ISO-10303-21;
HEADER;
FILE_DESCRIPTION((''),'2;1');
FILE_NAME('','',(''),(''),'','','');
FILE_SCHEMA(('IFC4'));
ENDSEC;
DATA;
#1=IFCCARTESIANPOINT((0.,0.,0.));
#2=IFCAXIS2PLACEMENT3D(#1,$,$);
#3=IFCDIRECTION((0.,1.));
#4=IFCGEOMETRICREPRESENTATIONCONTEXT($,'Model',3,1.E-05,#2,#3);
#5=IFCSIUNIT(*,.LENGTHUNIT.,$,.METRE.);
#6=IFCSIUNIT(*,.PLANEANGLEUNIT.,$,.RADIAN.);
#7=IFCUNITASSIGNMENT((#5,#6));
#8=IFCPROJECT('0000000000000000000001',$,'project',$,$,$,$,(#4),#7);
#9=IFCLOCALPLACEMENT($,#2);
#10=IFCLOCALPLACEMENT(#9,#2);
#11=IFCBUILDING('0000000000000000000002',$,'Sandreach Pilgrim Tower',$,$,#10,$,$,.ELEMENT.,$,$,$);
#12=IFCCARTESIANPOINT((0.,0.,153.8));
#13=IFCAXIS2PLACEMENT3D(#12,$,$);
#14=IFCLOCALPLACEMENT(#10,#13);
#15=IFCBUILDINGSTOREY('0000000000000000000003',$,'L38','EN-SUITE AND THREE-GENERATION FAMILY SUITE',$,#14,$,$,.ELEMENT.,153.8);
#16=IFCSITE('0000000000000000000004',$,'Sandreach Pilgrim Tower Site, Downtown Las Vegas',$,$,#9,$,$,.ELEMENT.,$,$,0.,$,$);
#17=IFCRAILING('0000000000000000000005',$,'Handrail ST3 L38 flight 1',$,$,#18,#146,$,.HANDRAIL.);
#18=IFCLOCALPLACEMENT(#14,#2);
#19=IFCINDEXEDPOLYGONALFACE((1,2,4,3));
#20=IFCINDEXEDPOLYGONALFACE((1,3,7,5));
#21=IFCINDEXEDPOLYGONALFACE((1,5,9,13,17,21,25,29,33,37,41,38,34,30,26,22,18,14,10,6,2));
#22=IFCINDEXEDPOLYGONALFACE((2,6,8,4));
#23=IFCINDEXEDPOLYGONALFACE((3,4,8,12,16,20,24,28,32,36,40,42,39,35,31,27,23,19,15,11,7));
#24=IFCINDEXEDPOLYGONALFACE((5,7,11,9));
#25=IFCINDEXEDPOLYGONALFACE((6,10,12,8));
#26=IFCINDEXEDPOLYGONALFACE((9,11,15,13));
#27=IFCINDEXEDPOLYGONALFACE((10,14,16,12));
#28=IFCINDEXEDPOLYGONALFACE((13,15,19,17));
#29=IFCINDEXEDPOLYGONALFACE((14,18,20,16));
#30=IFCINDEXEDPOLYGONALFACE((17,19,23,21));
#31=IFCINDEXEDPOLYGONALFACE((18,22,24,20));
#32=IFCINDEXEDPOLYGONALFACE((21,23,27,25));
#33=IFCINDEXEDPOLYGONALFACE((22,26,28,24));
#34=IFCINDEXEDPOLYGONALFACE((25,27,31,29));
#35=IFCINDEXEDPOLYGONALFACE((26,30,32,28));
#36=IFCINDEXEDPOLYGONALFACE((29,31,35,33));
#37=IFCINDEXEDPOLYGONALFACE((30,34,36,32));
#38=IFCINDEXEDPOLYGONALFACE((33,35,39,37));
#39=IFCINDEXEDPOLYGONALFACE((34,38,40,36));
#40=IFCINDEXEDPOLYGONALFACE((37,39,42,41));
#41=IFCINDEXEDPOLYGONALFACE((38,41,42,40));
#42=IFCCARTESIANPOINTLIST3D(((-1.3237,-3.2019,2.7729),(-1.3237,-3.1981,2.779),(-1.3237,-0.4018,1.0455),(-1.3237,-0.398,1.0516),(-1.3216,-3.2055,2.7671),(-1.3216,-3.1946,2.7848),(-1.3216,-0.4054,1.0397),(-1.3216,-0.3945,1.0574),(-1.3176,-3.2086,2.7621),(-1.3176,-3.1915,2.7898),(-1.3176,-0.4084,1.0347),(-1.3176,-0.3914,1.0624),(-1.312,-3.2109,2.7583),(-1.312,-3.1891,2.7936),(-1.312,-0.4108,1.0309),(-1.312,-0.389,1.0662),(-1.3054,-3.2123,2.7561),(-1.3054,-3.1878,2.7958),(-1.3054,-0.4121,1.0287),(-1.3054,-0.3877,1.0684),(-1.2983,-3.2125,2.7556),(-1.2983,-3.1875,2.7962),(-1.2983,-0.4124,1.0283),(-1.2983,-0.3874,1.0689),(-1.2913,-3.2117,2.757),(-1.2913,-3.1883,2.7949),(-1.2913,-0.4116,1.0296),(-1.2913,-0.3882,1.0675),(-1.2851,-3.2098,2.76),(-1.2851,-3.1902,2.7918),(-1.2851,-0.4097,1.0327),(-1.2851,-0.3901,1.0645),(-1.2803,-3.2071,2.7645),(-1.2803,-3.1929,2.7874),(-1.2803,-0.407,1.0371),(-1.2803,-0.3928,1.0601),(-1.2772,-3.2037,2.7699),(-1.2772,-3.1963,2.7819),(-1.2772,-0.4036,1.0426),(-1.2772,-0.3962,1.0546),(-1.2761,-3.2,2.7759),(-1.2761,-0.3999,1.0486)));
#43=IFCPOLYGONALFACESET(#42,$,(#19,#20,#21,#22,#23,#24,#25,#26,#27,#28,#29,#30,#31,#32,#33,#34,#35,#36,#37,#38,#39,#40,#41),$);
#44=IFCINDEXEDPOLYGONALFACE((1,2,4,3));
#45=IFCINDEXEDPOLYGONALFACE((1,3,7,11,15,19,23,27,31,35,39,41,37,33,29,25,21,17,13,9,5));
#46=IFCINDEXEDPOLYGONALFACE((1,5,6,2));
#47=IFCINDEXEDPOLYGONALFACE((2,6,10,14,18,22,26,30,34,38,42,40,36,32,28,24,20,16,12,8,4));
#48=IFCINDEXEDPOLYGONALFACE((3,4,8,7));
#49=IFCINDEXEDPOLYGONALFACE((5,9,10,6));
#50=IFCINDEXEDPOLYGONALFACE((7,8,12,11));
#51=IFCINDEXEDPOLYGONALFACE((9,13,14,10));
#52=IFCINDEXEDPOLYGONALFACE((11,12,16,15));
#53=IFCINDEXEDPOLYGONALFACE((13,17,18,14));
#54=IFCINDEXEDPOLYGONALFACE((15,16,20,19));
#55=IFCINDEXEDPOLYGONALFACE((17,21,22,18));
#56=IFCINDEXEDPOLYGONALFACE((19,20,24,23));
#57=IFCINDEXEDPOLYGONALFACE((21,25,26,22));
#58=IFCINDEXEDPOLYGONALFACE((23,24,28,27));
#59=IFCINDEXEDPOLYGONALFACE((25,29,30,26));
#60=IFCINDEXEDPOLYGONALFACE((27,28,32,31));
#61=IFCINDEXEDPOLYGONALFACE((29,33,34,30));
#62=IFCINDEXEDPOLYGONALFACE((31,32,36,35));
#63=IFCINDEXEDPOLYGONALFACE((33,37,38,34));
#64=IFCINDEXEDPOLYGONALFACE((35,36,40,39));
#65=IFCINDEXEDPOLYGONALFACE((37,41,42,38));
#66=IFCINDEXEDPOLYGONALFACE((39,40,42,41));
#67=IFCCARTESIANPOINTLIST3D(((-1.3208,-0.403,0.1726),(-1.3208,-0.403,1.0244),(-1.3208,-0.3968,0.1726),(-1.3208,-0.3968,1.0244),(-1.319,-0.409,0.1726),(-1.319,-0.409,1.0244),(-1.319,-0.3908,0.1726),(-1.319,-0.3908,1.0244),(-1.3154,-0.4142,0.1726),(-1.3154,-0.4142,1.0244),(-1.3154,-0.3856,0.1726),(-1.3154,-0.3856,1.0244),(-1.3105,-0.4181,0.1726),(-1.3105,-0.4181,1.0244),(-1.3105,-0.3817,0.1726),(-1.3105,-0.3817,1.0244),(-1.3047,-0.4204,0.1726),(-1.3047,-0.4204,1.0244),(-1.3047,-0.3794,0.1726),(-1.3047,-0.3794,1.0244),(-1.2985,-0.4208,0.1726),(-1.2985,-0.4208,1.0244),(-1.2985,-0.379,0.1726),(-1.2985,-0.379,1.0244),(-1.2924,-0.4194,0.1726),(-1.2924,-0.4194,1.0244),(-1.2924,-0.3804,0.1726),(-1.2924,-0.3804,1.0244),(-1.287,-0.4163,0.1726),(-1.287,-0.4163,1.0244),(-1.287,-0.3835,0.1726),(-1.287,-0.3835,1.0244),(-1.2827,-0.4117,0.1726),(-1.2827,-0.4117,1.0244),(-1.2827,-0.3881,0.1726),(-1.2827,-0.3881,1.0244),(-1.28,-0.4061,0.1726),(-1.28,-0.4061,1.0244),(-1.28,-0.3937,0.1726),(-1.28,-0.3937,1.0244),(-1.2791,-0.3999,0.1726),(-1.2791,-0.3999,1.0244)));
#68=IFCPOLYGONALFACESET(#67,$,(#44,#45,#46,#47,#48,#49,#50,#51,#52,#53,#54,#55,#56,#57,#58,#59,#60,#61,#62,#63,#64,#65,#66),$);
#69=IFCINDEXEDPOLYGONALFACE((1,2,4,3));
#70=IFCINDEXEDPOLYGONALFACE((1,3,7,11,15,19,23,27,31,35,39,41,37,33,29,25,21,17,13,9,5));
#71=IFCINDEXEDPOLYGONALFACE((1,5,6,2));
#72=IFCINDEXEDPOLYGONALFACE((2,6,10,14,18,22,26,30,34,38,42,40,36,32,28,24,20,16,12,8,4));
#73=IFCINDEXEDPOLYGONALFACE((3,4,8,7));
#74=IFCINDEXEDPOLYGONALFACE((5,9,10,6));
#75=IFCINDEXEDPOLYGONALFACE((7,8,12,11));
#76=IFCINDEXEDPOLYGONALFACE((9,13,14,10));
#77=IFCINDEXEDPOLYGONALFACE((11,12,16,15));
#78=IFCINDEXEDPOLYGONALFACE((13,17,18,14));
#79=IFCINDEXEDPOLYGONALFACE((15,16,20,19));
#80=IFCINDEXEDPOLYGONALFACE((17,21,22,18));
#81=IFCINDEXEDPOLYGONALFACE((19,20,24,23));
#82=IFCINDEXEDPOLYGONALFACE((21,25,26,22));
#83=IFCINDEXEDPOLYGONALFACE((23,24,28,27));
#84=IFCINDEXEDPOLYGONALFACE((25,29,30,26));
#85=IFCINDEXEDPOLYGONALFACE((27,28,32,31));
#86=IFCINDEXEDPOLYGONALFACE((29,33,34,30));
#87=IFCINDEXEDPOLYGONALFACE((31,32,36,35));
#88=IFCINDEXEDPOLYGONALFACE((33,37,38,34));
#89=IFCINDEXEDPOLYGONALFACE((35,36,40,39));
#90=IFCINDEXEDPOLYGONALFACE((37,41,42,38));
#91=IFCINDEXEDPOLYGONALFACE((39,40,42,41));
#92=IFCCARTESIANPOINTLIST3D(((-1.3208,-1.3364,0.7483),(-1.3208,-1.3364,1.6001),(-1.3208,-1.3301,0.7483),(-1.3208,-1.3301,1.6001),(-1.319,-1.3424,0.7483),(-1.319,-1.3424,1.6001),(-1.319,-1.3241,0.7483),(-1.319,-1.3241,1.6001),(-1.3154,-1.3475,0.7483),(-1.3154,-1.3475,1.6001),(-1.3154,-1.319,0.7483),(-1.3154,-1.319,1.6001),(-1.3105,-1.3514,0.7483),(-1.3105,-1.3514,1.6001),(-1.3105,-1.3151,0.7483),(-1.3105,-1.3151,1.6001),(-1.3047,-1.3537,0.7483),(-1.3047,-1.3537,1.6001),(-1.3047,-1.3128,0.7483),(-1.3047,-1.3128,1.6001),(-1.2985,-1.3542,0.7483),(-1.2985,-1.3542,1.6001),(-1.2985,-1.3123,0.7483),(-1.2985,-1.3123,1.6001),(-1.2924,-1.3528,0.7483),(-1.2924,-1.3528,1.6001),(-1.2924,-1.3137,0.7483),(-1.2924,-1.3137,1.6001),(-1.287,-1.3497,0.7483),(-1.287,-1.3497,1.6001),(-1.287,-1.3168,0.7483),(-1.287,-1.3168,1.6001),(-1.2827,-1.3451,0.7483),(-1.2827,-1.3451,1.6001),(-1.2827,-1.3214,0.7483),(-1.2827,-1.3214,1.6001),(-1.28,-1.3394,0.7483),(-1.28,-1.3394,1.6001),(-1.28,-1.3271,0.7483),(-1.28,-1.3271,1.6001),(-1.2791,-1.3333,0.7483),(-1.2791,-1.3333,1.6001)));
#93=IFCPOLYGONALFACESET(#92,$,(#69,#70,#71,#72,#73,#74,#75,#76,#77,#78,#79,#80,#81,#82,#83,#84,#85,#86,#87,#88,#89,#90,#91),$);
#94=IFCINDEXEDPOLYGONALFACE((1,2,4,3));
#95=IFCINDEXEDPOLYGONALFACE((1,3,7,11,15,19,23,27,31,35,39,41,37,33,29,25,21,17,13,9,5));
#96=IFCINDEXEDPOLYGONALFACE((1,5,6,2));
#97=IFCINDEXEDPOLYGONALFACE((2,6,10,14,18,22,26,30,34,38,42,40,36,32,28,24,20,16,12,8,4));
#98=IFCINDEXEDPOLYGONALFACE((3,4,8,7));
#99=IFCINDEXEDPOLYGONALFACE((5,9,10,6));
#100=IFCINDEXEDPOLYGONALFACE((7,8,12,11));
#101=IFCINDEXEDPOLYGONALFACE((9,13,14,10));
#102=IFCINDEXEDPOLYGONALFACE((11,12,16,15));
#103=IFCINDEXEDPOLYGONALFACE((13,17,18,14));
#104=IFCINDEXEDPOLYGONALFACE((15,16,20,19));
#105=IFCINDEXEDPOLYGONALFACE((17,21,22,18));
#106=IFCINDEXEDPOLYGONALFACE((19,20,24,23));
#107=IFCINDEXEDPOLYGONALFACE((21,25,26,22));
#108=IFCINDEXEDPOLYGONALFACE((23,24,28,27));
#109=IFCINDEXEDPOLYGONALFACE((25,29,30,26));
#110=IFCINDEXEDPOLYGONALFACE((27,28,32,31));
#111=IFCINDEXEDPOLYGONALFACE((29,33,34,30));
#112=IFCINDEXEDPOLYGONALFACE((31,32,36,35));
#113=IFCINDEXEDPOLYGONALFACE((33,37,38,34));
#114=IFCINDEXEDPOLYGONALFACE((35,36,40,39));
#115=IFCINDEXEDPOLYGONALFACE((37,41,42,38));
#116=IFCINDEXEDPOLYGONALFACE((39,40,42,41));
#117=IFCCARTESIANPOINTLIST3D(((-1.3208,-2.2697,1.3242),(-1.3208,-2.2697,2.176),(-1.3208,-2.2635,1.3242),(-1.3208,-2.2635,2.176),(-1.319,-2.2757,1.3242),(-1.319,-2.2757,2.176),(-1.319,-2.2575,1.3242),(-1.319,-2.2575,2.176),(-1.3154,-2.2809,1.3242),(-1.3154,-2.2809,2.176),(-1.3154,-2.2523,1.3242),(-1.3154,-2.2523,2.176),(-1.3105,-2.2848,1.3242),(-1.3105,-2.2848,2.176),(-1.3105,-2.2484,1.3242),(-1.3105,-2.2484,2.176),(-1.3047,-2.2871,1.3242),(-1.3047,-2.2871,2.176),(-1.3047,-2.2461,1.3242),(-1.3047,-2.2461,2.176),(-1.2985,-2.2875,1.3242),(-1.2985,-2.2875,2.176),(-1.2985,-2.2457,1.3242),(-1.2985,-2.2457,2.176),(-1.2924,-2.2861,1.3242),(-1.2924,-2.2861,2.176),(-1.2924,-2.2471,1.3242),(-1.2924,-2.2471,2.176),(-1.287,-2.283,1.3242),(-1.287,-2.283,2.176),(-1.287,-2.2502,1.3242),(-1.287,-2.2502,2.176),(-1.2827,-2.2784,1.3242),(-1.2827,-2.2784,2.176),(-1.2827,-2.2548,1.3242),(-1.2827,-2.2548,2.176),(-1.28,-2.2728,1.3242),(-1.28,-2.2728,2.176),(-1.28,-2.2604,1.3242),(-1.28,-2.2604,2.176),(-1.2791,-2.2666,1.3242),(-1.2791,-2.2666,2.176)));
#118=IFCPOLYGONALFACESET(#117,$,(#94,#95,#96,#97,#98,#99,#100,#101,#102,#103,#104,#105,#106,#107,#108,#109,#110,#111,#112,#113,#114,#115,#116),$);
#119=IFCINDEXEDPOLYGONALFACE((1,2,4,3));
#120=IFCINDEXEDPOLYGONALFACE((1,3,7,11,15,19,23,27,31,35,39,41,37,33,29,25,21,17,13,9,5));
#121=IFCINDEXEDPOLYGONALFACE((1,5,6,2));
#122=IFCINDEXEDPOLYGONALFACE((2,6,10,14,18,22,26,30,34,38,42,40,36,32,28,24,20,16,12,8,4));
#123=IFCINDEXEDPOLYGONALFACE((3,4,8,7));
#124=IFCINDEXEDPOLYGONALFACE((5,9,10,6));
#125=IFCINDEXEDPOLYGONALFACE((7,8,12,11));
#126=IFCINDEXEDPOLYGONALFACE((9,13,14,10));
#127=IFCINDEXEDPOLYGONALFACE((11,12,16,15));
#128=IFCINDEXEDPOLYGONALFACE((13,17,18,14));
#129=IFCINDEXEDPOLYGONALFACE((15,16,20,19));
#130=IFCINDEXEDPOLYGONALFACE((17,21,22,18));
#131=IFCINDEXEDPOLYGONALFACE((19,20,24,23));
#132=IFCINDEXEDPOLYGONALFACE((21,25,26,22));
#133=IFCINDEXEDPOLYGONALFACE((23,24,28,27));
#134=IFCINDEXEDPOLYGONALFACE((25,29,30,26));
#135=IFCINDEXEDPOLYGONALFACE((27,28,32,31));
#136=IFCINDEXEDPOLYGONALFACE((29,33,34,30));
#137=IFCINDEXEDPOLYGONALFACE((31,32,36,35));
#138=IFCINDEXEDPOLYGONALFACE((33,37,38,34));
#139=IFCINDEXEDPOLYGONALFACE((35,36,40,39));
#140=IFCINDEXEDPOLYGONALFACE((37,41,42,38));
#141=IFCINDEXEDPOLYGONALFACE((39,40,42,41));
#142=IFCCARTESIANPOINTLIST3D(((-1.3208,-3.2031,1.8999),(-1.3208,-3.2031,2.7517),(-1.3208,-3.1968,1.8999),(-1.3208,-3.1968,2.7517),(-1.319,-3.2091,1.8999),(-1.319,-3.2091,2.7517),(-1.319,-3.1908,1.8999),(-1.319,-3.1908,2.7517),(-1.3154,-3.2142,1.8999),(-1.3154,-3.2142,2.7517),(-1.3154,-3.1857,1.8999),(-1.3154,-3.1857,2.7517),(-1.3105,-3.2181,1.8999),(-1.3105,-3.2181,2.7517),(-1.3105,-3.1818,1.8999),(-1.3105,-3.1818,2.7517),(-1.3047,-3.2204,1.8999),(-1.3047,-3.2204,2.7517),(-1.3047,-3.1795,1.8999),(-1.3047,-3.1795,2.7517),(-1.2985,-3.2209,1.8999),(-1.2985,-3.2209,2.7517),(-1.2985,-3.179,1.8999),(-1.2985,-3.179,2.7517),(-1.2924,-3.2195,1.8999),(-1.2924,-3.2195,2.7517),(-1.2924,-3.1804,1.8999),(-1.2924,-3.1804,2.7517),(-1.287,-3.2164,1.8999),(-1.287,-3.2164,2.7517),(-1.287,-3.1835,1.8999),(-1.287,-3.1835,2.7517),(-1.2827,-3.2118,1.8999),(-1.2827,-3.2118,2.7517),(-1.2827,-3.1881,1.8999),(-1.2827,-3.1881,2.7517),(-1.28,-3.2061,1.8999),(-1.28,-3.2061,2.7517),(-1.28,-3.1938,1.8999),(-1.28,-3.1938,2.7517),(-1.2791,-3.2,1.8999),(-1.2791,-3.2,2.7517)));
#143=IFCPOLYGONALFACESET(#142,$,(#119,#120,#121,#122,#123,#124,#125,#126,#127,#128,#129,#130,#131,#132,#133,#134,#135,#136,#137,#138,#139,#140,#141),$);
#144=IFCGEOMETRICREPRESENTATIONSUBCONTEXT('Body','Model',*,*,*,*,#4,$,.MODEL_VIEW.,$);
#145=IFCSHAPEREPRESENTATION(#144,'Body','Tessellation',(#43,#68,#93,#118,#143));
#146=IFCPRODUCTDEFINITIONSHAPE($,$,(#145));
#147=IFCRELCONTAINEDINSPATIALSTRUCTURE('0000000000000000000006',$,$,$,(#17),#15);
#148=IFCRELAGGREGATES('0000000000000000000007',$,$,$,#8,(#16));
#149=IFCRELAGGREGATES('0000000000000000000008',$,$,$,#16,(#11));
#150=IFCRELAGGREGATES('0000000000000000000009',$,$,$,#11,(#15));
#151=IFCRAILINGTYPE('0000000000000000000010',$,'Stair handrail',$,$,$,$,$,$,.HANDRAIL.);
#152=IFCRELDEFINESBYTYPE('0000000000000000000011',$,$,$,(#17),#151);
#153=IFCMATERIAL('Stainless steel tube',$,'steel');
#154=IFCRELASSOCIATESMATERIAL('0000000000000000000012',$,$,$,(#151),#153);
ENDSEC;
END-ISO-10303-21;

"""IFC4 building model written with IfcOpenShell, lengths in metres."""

from ifc_helpers import new_model, si_unit, direction, frame, origin, origin_2d, place, context, subcontext, project, spatial, circle, extrude, material, type_object, element, save


model = new_model("IFC4")

# Units and contexts
model_context = context("Model", 3, precision=1e-05, world=origin(), true_north=direction((0.0, 1.0)))
body_context = subcontext(model_context, "Body", "Model", "MODEL_VIEW")
ifc_project = project(units=[si_unit("LENGTHUNIT", "METRE"), si_unit("PLANEANGLEUNIT", "RADIAN")], contexts=[model_context])

# Site, building, storey
site_placement = place(None, origin())
site = spatial("IfcSite", under=ifc_project, at=site_placement, Name="Sandreach Pilgrim Tower Site, Downtown Las Vegas", CompositionType="ELEMENT", RefElevation=0.0)
building_placement = place(site_placement, origin())
building = spatial("IfcBuilding", under=site, at=building_placement, Name="Sandreach Pilgrim Tower", CompositionType="ELEMENT")
storey_placement = place(building_placement, frame((0.0, 0.0, 153.8)))
storey = spatial("IfcBuildingStorey", under=building, at=storey_placement, Name="L38", Description="EN-SUITE AND THREE-GENERATION FAMILY SUITE", CompositionType="ELEMENT", Elevation=153.8)

# Railing
ifc_material_1 = material(Name="Stainless steel tube", Category="steel")
railing_type = type_object("IfcRailingType", Name="Stair handrail", PredefinedType="HANDRAIL", material=ifc_material_1)
for number, where, name in (
    (1, (-1.3, -0.3999, 0.1726), "Handrail ST3 L38 flight 1"),
):
    element("IfcRailing", number, at=place(storey_placement, frame(where)), inside=storey, type_object=railing_type, Name=name, PredefinedType="HANDRAIL", context=body_context, shape_type="SweptSolid", body=[
        extrude(circle(Radius=0.0239, at=origin_2d()), frame((0.0, 0.0, 0.876), z_axis=(0.0, -0.85109, 0.52502), x_axis=(1.0, 0.0, 0.0)), (0.0, 0.0, 1.0), 3.29),
        extrude(circle(Radius=0.021, at=origin_2d()), origin(), (0.0, 0.0, 1.0), 0.8518),
        extrude(circle(Radius=0.021, at=origin_2d()), frame((0.0, -0.9333, 0.5757)), (0.0, 0.0, 1.0), 0.8518),
        extrude(circle(Radius=0.021, at=origin_2d()), frame((0.0, -1.8667, 1.1516)), (0.0, 0.0, 1.0), 0.8518),
        extrude(circle(Radius=0.021, at=origin_2d()), frame((0.0, -2.8, 1.7273)), (0.0, 0.0, 1.0), 0.8518),
    ])

save(model, "model.ifc")
